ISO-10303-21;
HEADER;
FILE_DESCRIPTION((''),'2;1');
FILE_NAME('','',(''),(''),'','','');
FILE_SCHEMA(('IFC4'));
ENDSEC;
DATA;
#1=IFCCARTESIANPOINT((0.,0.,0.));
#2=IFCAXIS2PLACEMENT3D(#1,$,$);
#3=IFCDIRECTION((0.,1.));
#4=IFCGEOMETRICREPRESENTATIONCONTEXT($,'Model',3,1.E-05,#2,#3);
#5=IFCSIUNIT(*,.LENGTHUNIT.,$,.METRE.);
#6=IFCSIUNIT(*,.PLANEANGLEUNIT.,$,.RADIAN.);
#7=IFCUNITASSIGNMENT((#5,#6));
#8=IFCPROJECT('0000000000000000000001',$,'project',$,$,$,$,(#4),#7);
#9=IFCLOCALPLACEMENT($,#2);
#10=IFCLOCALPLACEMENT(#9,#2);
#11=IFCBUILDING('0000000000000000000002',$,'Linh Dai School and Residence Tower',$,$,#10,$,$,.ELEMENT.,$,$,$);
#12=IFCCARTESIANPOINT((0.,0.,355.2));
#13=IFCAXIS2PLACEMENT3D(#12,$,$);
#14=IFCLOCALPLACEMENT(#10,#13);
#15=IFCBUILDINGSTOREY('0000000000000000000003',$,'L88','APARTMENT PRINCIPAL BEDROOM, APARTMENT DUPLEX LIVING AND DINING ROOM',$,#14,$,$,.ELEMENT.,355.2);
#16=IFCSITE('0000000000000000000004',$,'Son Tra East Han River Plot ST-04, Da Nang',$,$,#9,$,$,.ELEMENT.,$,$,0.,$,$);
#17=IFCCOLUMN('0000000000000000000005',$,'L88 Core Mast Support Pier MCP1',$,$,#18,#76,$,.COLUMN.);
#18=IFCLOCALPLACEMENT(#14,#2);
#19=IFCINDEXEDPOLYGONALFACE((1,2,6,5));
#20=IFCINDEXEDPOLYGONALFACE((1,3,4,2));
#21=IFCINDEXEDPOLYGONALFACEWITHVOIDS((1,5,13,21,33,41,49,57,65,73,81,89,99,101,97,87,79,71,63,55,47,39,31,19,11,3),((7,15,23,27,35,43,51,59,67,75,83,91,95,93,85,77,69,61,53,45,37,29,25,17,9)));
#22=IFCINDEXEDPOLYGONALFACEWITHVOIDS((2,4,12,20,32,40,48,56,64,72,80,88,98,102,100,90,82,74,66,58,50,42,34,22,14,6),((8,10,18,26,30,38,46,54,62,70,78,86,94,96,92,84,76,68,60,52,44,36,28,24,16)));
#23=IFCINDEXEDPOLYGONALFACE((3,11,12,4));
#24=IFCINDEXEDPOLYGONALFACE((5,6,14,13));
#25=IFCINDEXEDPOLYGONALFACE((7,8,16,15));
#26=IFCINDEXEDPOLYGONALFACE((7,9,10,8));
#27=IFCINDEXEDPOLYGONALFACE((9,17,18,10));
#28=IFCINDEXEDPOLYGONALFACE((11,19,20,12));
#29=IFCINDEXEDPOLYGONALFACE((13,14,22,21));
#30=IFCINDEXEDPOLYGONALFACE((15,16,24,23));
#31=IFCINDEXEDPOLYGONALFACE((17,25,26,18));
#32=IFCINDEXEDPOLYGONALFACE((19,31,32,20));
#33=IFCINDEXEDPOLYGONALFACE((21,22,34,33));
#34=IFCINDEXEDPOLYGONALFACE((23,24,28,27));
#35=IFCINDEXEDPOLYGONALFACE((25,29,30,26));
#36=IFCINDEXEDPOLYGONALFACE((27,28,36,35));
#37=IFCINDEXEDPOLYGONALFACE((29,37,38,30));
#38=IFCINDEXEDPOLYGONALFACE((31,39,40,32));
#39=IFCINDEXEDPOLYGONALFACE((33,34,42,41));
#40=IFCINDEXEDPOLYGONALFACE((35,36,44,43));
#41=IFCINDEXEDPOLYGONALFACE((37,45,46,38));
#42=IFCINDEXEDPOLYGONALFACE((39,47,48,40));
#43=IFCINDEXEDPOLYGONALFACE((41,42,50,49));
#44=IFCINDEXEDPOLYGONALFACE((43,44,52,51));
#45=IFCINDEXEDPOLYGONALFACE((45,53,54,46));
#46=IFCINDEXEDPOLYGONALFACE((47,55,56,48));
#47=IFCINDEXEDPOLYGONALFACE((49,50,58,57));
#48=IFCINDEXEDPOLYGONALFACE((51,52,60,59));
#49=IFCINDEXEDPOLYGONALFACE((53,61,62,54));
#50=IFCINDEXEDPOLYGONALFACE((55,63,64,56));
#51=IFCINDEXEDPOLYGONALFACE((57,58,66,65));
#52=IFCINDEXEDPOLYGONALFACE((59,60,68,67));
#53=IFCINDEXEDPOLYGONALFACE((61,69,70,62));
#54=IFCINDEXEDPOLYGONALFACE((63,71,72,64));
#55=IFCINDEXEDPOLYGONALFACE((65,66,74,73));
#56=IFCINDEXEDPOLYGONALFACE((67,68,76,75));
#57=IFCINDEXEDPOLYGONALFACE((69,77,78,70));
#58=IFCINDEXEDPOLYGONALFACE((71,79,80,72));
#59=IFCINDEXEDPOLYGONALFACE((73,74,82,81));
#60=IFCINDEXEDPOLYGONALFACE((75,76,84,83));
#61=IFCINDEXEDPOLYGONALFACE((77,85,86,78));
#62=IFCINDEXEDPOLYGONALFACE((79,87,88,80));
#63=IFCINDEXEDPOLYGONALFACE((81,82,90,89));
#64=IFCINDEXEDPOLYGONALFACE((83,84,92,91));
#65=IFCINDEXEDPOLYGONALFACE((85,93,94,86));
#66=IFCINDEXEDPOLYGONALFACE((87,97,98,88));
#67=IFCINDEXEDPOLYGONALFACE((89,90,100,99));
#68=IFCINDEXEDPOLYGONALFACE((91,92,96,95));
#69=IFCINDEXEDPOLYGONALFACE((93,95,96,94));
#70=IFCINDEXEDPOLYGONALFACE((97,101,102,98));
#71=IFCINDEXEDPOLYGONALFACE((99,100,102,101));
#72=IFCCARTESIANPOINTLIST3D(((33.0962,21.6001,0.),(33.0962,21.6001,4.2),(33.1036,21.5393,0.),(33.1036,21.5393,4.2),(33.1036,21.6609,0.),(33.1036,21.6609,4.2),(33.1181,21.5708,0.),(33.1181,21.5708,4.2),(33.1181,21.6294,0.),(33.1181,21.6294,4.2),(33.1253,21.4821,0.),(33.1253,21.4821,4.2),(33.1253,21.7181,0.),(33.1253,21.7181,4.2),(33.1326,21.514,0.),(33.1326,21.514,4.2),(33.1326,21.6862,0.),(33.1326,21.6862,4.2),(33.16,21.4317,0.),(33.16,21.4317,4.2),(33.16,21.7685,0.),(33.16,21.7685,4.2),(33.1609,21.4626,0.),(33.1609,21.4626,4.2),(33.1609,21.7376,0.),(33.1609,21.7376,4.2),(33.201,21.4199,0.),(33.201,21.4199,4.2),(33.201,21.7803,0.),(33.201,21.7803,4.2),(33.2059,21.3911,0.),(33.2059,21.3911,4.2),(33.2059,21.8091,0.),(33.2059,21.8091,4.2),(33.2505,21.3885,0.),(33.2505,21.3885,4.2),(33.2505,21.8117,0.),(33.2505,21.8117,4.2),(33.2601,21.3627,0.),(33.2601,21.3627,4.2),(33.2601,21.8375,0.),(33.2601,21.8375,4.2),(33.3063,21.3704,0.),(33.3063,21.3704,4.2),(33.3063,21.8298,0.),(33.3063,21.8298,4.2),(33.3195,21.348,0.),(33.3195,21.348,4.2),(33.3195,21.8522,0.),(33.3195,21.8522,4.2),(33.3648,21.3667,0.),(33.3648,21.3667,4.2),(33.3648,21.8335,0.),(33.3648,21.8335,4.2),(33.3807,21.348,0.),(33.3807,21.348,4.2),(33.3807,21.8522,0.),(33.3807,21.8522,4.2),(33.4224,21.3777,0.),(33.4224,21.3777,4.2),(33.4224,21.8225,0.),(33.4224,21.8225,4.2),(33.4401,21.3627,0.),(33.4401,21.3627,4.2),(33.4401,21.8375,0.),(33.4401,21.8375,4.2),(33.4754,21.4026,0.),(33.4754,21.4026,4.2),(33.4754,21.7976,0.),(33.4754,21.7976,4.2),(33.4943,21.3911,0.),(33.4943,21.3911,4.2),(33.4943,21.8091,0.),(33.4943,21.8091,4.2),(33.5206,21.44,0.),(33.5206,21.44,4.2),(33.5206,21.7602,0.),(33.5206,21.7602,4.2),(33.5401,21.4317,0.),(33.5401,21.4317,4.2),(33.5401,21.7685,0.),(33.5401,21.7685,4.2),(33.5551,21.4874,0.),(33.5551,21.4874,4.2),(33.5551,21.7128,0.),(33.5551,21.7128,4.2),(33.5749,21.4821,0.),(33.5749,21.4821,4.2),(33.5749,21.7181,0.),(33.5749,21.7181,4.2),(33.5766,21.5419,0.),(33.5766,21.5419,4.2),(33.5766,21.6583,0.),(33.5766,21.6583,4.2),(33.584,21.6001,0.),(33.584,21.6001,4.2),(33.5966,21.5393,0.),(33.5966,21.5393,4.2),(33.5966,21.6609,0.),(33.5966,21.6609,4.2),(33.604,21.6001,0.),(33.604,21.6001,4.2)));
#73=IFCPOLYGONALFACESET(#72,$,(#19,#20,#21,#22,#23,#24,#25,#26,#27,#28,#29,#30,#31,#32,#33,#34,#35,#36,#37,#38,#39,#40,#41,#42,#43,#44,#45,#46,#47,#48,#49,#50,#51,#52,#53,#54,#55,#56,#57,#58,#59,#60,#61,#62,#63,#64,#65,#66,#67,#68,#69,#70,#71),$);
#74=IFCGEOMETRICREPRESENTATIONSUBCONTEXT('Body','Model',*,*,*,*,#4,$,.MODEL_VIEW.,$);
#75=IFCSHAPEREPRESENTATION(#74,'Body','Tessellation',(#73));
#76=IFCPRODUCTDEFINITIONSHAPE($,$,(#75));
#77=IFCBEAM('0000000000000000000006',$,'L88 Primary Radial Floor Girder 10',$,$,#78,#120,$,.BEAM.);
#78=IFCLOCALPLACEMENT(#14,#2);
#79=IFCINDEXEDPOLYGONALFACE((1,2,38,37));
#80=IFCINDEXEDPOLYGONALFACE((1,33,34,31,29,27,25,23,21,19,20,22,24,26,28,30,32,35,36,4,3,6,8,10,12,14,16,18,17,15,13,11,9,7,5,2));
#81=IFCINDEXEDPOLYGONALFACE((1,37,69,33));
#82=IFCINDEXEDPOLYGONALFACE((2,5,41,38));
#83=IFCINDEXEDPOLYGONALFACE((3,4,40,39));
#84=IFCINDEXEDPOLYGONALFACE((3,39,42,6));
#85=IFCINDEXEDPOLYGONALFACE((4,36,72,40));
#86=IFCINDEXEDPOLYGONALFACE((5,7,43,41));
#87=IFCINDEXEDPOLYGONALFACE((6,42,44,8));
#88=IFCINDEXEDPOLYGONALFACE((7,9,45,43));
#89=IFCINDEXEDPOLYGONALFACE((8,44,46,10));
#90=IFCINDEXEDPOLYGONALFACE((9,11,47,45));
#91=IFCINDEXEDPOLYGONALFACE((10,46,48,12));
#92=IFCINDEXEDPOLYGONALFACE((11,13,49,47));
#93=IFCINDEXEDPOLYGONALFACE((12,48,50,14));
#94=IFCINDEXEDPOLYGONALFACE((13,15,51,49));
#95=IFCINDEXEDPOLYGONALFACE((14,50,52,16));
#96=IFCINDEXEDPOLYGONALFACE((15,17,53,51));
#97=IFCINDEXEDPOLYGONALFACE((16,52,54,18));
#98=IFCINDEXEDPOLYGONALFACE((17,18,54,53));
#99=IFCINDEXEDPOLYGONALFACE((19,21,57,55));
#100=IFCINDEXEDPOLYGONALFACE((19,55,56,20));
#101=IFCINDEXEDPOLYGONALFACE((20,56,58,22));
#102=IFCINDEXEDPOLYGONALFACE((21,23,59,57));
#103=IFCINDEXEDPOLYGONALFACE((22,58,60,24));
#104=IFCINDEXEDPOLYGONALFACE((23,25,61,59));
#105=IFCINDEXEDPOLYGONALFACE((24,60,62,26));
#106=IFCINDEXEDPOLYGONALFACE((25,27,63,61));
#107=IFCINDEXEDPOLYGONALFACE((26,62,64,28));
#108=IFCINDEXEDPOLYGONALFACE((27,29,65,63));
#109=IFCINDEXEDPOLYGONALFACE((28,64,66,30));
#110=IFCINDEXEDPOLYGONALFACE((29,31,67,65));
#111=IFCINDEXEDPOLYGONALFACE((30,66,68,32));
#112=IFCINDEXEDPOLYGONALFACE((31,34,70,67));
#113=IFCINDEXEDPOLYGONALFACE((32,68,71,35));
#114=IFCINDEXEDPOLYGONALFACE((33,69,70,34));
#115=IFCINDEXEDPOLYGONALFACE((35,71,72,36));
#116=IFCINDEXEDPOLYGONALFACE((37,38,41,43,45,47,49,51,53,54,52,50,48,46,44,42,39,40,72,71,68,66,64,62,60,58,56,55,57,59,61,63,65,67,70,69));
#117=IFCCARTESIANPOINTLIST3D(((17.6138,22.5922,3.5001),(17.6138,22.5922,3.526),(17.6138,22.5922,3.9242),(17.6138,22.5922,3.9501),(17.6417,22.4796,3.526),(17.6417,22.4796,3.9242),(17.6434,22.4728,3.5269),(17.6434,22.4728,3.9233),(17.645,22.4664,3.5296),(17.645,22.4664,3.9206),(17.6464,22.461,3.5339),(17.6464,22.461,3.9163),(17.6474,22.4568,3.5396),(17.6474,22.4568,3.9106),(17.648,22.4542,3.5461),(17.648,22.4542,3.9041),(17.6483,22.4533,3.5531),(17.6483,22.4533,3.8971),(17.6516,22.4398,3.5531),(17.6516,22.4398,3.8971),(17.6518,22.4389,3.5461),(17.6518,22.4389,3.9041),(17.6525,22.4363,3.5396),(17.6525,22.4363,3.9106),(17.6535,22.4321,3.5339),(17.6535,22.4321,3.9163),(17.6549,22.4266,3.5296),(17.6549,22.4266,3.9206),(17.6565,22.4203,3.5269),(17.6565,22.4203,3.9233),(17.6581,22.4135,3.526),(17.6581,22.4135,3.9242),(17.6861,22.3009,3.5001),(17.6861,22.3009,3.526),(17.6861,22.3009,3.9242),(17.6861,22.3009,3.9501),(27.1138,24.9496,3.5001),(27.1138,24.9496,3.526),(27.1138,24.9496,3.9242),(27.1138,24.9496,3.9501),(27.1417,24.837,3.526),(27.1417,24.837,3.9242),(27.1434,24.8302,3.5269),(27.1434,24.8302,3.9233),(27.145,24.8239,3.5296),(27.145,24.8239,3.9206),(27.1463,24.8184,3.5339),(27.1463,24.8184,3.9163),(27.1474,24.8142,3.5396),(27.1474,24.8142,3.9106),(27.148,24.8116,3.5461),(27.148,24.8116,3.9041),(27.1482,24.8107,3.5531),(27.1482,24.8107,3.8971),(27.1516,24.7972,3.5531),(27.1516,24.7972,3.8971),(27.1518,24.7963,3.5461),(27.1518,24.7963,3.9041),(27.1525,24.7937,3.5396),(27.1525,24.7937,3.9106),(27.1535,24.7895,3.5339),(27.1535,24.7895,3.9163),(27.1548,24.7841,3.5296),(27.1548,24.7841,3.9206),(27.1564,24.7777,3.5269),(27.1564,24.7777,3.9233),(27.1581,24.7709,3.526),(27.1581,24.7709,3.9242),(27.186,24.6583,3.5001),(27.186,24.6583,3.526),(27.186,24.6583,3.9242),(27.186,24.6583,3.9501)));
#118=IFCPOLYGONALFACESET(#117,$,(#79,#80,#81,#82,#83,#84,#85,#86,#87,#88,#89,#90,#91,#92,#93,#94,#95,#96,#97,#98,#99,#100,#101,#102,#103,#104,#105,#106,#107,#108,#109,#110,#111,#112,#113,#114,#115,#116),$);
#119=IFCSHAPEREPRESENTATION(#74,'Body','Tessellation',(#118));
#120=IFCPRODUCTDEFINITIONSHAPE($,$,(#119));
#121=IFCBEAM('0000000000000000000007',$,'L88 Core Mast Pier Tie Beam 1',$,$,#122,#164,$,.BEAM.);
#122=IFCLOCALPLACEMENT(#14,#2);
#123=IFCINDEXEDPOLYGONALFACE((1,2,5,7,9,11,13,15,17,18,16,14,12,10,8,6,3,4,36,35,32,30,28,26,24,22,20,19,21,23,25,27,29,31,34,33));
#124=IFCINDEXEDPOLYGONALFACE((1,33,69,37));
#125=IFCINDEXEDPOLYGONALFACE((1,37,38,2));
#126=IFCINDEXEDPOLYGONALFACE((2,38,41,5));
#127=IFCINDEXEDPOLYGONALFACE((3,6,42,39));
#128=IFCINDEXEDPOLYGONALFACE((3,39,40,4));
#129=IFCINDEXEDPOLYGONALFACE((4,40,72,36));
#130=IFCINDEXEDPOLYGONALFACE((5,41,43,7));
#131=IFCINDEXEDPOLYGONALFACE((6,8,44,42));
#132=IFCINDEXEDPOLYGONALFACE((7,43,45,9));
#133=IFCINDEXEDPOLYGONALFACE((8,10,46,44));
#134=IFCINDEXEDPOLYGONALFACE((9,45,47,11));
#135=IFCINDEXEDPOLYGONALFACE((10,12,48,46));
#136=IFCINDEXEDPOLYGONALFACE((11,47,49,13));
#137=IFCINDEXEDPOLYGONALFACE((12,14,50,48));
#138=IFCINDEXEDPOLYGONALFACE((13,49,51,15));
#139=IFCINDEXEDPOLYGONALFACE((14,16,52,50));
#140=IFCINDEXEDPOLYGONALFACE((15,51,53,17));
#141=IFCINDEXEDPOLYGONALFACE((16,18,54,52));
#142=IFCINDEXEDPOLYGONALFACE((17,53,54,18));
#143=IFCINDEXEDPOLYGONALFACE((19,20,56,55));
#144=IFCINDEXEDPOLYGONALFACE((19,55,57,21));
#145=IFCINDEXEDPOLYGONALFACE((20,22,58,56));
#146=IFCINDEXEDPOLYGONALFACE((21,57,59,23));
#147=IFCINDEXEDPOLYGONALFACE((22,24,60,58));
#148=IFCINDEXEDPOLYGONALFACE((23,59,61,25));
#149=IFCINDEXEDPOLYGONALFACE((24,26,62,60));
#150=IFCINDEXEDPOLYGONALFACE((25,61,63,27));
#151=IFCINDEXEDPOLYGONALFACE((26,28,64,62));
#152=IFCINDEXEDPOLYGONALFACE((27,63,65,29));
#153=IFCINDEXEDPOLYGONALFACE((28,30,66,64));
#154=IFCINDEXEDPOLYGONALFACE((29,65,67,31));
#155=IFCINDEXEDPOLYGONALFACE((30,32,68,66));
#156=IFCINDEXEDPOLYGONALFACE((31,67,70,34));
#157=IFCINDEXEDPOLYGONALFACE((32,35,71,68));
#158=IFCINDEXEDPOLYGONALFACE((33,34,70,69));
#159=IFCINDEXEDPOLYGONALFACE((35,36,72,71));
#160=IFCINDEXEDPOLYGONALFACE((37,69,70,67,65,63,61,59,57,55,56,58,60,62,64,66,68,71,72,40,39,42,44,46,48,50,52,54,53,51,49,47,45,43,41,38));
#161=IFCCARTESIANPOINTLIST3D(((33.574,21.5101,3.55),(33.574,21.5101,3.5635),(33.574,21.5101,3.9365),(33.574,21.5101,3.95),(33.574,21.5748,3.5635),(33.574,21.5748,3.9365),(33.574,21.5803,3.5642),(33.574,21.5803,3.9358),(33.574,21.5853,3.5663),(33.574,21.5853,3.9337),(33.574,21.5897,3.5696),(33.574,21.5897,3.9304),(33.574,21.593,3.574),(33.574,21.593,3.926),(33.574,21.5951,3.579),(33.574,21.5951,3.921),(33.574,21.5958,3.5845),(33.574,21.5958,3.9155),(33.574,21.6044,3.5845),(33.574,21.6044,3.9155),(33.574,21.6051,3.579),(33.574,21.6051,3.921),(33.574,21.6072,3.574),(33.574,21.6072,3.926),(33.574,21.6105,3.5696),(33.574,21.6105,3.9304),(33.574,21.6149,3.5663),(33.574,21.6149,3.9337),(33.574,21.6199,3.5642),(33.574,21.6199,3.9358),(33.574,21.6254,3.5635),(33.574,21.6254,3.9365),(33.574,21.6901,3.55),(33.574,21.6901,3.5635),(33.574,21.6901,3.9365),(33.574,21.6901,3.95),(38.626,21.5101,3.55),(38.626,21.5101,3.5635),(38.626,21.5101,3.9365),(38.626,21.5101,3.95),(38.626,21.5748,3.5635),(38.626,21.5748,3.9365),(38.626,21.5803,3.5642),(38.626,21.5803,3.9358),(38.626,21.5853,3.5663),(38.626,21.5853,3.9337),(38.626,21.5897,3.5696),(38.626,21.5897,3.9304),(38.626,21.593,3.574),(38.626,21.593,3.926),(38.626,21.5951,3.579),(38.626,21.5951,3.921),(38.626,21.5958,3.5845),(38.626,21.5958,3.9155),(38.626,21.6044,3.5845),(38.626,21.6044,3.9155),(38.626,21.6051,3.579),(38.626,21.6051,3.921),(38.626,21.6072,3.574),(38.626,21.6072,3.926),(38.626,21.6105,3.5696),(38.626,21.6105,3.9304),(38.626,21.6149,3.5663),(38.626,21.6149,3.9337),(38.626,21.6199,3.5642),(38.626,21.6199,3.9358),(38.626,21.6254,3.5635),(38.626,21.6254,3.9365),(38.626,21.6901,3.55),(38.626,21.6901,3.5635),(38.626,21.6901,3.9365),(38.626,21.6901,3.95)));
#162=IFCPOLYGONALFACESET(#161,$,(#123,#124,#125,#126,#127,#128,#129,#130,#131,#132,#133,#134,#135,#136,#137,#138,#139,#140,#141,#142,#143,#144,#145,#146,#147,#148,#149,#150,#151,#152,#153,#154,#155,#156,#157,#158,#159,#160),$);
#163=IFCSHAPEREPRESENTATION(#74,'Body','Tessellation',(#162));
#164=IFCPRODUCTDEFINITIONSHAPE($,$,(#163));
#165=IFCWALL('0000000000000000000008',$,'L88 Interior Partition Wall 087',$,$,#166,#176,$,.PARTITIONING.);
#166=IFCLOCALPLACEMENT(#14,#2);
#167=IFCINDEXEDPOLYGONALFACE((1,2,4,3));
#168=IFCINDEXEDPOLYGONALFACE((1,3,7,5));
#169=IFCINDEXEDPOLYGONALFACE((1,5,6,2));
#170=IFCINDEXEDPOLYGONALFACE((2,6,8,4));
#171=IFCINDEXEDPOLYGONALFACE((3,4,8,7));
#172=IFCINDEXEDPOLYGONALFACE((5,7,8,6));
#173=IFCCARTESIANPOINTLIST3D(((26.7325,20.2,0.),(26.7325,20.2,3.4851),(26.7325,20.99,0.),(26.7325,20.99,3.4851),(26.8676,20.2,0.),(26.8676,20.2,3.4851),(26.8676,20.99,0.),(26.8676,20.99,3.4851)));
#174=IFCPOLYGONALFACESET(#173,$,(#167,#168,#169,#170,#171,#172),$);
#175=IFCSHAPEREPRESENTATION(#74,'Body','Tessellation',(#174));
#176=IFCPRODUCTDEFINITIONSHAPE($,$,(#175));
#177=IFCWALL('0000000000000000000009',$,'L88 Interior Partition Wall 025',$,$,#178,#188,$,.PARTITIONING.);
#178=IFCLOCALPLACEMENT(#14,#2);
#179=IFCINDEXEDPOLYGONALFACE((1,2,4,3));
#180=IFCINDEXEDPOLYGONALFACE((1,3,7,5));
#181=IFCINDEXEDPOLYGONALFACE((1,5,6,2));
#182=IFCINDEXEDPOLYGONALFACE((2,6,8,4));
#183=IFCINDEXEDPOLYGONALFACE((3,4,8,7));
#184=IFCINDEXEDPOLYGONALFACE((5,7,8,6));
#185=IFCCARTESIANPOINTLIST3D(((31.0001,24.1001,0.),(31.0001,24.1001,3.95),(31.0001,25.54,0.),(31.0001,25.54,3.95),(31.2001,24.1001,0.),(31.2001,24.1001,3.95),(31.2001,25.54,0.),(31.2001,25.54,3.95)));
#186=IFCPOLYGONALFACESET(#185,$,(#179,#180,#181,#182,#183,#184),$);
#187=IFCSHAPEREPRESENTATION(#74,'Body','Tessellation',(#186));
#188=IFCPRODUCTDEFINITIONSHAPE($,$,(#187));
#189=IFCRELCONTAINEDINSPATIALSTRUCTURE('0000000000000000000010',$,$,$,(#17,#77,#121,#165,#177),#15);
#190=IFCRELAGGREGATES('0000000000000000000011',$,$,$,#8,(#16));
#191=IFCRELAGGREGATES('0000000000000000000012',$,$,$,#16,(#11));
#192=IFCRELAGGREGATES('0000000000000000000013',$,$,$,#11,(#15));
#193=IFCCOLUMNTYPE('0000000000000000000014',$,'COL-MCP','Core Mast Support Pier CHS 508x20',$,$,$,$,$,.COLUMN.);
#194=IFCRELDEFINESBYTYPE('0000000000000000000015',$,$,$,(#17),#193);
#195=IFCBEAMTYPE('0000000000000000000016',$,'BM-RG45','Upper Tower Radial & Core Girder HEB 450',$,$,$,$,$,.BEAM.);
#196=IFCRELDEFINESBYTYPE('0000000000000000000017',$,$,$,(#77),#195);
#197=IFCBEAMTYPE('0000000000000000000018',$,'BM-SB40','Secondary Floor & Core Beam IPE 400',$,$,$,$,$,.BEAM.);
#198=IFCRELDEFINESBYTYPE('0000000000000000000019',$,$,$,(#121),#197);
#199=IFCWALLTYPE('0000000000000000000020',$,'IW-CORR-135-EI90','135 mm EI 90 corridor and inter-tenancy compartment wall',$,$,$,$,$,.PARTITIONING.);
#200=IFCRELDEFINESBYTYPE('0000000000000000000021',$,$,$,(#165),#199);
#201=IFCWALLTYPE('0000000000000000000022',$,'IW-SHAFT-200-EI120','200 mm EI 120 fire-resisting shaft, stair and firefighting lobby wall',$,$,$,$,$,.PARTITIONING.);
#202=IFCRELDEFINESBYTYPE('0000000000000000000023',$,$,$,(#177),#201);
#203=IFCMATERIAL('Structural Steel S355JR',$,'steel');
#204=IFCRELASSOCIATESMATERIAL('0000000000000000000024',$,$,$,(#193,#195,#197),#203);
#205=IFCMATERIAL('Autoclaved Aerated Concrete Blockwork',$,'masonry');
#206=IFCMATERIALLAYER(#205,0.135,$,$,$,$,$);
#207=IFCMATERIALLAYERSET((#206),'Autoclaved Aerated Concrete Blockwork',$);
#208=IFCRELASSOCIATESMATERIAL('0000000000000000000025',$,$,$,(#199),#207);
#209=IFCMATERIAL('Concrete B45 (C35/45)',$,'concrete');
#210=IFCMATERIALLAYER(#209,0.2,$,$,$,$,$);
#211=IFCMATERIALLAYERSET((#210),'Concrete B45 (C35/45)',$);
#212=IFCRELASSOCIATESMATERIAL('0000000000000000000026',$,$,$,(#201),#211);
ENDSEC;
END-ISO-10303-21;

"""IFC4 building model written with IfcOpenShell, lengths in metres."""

from ifc_helpers import new_model, si_unit, direction, frame, frame_2d, origin, origin_2d, place, context, subcontext, project, spatial, rectangle, hollow_circle, i_section, extrude, material, layer, layer_set, material_profile, profile_set, type_object, element, save


model = new_model("IFC4")

# Units and contexts
model_context = context("Model", 3, precision=1e-05, world=origin(), true_north=direction((0.0, 1.0)))
body_context = subcontext(model_context, "Body", "Model", "MODEL_VIEW")
ifc_project = project(units=[si_unit("LENGTHUNIT", "METRE"), si_unit("PLANEANGLEUNIT", "RADIAN")], contexts=[model_context])

# Site, building, storey
site_placement = place(None, origin())
site = spatial("IfcSite", under=ifc_project, at=site_placement, Name="Son Tra East Han River Plot ST-04, Da Nang", CompositionType="ELEMENT", RefElevation=0.0)
building_placement = place(site_placement, origin())
building = spatial("IfcBuilding", under=site, at=building_placement, Name="Linh Dai School and Residence Tower", CompositionType="ELEMENT")
storey_placement = place(building_placement, frame((0.0, 0.0, 355.2)))
storey = spatial("IfcBuildingStorey", under=building, at=storey_placement, Name="L88", Description="APARTMENT PRINCIPAL BEDROOM, APARTMENT DUPLEX LIVING AND DINING ROOM", CompositionType="ELEMENT", Elevation=355.2)

# Column
ifc_material_1 = material(Name="Structural Steel S355JR", Category="steel")
ifc_material_profile_1 = material_profile(ifc_material_1, hollow_circle(Radius=0.2539, WallThickness=0.02, at=origin_2d()), Name="CHS 508x20")
ifc_profile_set_1 = profile_set([ifc_material_profile_1], Name="Structural Steel S355JR")
column_type = type_object("IfcColumnType", Name="COL-MCP", Description="Core Mast Support Pier CHS 508x20", PredefinedType="COLUMN", material=ifc_profile_set_1)
column_placement = place(storey_placement, frame((33.3501, 21.6001, 0.0), z_axis=(0.0, 0.0, 1.0), x_axis=(1.0, 0.0, 0.0)))
element("IfcColumn", 1, at=column_placement, inside=storey, type_object=column_type, Name="L88 Core Mast Support Pier MCP1", PredefinedType="COLUMN", context=body_context, shape_type="SweptSolid", body=[
    extrude(hollow_circle(Radius=0.2539, WallThickness=0.02, at=origin_2d()), origin(), (0.0, 0.0, 1.0), 4.2),
])

# Beams
ifc_material_profile_2 = material_profile(ifc_material_1, i_section(OverallWidth=0.3, OverallDepth=0.45, WebThickness=0.0139, FlangeThickness=0.0259, FilletRadius=0.0271, at=origin_2d()), Name="HEB 450")
ifc_profile_set_2 = profile_set([ifc_material_profile_2], Name="Structural Steel S355JR")
beam_type_1 = type_object("IfcBeamType", Name="BM-RG45", Description="Upper Tower Radial & Core Girder HEB 450", PredefinedType="BEAM", material=ifc_profile_set_2)
beam_1_placement = place(storey_placement, frame((27.1499, 24.804, 3.7251), z_axis=(-0.970564, -0.240845, 0.0), x_axis=(0.240845, -0.970564, 0.0)))
element("IfcBeam", 2, at=beam_1_placement, inside=storey, type_object=beam_type_1, Name="L88 Primary Radial Floor Girder 10", PredefinedType="BEAM", context=body_context, shape_type="SweptSolid", body=[
    extrude(i_section(OverallWidth=0.3, OverallDepth=0.45, WebThickness=0.0139, FlangeThickness=0.0259, FilletRadius=0.0271, at=origin_2d()), origin(), (0.0, 0.0, 1.0), 9.7881),
])
ifc_material_profile_3 = material_profile(ifc_material_1, i_section(OverallWidth=0.1799, OverallDepth=0.3999, WebThickness=0.0085, FlangeThickness=0.0134, FilletRadius=0.021, at=origin_2d()), Name="IPE 400")
ifc_profile_set_3 = profile_set([ifc_material_profile_3], Name="Structural Steel S355JR")
beam_type_2 = type_object("IfcBeamType", Name="BM-SB40", Description="Secondary Floor & Core Beam IPE 400", PredefinedType="BEAM", material=ifc_profile_set_3)
beam_2_placement = place(storey_placement, frame((33.574, 21.6001, 3.75), z_axis=(1.0, 0.0, 0.0), x_axis=(0.0, 1.0, 0.0)))
element("IfcBeam", 3, at=beam_2_placement, inside=storey, type_object=beam_type_2, Name="L88 Core Mast Pier Tie Beam 1", PredefinedType="BEAM", context=body_context, shape_type="SweptSolid", body=[
    extrude(i_section(OverallWidth=0.1799, OverallDepth=0.3999, WebThickness=0.0085, FlangeThickness=0.0134, FilletRadius=0.021, at=origin_2d()), origin(), (0.0, 0.0, 1.0), 5.052),
])

# Shared definitions
ifc_material_2 = material(Name="Autoclaved Aerated Concrete Blockwork", Category="masonry")
ifc_layer_1 = layer(ifc_material_2, 0.135)
ifc_layer_set_1 = layer_set([ifc_layer_1], Name="Autoclaved Aerated Concrete Blockwork")
wall_type_1 = type_object("IfcWallType", Name="IW-CORR-135-EI90", Description="135 mm EI 90 corridor and inter-tenancy compartment wall", PredefinedType="PARTITIONING", material=ifc_layer_set_1)

# Wall
wall_1_placement = place(storey_placement, frame((26.8, 20.99, 0.0), z_axis=(0.0, 0.0, 1.0), x_axis=(0.0, -1.0, 0.0)))
element("IfcWall", 4, at=wall_1_placement, inside=storey, type_object=wall_type_1, Name="L88 Interior Partition Wall 087", PredefinedType="PARTITIONING", context=body_context, shape_type="SweptSolid", body=[
    extrude(rectangle(XDim=0.79, YDim=0.135, at=frame_2d((0.395, 0.0))), origin(), (0.0, 0.0, 1.0), 3.4851),
])

# Shared definitions
ifc_material_3 = material(Name="Concrete B45 (C35/45)", Category="concrete")
ifc_layer_2 = layer(ifc_material_3, 0.2)
ifc_layer_set_2 = layer_set([ifc_layer_2], Name="Concrete B45 (C35/45)")
wall_type_2 = type_object("IfcWallType", Name="IW-SHAFT-200-EI120", Description="200 mm EI 120 fire-resisting shaft, stair and firefighting lobby wall", PredefinedType="PARTITIONING", material=ifc_layer_set_2)

# Wall
wall_2_placement = place(storey_placement, frame((31.1001, 24.1001, 0.0), z_axis=(0.0, 0.0, 1.0), x_axis=(0.0, 1.0, 0.0)))
element("IfcWall", 5, at=wall_2_placement, inside=storey, type_object=wall_type_2, Name="L88 Interior Partition Wall 025", PredefinedType="PARTITIONING", context=body_context, shape_type="SweptSolid", body=[
    extrude(rectangle(XDim=1.4399, YDim=0.2, at=frame_2d((0.72, 0.0))), origin(), (0.0, 0.0, 1.0), 3.95),
])

save(model, "model.ifc")
